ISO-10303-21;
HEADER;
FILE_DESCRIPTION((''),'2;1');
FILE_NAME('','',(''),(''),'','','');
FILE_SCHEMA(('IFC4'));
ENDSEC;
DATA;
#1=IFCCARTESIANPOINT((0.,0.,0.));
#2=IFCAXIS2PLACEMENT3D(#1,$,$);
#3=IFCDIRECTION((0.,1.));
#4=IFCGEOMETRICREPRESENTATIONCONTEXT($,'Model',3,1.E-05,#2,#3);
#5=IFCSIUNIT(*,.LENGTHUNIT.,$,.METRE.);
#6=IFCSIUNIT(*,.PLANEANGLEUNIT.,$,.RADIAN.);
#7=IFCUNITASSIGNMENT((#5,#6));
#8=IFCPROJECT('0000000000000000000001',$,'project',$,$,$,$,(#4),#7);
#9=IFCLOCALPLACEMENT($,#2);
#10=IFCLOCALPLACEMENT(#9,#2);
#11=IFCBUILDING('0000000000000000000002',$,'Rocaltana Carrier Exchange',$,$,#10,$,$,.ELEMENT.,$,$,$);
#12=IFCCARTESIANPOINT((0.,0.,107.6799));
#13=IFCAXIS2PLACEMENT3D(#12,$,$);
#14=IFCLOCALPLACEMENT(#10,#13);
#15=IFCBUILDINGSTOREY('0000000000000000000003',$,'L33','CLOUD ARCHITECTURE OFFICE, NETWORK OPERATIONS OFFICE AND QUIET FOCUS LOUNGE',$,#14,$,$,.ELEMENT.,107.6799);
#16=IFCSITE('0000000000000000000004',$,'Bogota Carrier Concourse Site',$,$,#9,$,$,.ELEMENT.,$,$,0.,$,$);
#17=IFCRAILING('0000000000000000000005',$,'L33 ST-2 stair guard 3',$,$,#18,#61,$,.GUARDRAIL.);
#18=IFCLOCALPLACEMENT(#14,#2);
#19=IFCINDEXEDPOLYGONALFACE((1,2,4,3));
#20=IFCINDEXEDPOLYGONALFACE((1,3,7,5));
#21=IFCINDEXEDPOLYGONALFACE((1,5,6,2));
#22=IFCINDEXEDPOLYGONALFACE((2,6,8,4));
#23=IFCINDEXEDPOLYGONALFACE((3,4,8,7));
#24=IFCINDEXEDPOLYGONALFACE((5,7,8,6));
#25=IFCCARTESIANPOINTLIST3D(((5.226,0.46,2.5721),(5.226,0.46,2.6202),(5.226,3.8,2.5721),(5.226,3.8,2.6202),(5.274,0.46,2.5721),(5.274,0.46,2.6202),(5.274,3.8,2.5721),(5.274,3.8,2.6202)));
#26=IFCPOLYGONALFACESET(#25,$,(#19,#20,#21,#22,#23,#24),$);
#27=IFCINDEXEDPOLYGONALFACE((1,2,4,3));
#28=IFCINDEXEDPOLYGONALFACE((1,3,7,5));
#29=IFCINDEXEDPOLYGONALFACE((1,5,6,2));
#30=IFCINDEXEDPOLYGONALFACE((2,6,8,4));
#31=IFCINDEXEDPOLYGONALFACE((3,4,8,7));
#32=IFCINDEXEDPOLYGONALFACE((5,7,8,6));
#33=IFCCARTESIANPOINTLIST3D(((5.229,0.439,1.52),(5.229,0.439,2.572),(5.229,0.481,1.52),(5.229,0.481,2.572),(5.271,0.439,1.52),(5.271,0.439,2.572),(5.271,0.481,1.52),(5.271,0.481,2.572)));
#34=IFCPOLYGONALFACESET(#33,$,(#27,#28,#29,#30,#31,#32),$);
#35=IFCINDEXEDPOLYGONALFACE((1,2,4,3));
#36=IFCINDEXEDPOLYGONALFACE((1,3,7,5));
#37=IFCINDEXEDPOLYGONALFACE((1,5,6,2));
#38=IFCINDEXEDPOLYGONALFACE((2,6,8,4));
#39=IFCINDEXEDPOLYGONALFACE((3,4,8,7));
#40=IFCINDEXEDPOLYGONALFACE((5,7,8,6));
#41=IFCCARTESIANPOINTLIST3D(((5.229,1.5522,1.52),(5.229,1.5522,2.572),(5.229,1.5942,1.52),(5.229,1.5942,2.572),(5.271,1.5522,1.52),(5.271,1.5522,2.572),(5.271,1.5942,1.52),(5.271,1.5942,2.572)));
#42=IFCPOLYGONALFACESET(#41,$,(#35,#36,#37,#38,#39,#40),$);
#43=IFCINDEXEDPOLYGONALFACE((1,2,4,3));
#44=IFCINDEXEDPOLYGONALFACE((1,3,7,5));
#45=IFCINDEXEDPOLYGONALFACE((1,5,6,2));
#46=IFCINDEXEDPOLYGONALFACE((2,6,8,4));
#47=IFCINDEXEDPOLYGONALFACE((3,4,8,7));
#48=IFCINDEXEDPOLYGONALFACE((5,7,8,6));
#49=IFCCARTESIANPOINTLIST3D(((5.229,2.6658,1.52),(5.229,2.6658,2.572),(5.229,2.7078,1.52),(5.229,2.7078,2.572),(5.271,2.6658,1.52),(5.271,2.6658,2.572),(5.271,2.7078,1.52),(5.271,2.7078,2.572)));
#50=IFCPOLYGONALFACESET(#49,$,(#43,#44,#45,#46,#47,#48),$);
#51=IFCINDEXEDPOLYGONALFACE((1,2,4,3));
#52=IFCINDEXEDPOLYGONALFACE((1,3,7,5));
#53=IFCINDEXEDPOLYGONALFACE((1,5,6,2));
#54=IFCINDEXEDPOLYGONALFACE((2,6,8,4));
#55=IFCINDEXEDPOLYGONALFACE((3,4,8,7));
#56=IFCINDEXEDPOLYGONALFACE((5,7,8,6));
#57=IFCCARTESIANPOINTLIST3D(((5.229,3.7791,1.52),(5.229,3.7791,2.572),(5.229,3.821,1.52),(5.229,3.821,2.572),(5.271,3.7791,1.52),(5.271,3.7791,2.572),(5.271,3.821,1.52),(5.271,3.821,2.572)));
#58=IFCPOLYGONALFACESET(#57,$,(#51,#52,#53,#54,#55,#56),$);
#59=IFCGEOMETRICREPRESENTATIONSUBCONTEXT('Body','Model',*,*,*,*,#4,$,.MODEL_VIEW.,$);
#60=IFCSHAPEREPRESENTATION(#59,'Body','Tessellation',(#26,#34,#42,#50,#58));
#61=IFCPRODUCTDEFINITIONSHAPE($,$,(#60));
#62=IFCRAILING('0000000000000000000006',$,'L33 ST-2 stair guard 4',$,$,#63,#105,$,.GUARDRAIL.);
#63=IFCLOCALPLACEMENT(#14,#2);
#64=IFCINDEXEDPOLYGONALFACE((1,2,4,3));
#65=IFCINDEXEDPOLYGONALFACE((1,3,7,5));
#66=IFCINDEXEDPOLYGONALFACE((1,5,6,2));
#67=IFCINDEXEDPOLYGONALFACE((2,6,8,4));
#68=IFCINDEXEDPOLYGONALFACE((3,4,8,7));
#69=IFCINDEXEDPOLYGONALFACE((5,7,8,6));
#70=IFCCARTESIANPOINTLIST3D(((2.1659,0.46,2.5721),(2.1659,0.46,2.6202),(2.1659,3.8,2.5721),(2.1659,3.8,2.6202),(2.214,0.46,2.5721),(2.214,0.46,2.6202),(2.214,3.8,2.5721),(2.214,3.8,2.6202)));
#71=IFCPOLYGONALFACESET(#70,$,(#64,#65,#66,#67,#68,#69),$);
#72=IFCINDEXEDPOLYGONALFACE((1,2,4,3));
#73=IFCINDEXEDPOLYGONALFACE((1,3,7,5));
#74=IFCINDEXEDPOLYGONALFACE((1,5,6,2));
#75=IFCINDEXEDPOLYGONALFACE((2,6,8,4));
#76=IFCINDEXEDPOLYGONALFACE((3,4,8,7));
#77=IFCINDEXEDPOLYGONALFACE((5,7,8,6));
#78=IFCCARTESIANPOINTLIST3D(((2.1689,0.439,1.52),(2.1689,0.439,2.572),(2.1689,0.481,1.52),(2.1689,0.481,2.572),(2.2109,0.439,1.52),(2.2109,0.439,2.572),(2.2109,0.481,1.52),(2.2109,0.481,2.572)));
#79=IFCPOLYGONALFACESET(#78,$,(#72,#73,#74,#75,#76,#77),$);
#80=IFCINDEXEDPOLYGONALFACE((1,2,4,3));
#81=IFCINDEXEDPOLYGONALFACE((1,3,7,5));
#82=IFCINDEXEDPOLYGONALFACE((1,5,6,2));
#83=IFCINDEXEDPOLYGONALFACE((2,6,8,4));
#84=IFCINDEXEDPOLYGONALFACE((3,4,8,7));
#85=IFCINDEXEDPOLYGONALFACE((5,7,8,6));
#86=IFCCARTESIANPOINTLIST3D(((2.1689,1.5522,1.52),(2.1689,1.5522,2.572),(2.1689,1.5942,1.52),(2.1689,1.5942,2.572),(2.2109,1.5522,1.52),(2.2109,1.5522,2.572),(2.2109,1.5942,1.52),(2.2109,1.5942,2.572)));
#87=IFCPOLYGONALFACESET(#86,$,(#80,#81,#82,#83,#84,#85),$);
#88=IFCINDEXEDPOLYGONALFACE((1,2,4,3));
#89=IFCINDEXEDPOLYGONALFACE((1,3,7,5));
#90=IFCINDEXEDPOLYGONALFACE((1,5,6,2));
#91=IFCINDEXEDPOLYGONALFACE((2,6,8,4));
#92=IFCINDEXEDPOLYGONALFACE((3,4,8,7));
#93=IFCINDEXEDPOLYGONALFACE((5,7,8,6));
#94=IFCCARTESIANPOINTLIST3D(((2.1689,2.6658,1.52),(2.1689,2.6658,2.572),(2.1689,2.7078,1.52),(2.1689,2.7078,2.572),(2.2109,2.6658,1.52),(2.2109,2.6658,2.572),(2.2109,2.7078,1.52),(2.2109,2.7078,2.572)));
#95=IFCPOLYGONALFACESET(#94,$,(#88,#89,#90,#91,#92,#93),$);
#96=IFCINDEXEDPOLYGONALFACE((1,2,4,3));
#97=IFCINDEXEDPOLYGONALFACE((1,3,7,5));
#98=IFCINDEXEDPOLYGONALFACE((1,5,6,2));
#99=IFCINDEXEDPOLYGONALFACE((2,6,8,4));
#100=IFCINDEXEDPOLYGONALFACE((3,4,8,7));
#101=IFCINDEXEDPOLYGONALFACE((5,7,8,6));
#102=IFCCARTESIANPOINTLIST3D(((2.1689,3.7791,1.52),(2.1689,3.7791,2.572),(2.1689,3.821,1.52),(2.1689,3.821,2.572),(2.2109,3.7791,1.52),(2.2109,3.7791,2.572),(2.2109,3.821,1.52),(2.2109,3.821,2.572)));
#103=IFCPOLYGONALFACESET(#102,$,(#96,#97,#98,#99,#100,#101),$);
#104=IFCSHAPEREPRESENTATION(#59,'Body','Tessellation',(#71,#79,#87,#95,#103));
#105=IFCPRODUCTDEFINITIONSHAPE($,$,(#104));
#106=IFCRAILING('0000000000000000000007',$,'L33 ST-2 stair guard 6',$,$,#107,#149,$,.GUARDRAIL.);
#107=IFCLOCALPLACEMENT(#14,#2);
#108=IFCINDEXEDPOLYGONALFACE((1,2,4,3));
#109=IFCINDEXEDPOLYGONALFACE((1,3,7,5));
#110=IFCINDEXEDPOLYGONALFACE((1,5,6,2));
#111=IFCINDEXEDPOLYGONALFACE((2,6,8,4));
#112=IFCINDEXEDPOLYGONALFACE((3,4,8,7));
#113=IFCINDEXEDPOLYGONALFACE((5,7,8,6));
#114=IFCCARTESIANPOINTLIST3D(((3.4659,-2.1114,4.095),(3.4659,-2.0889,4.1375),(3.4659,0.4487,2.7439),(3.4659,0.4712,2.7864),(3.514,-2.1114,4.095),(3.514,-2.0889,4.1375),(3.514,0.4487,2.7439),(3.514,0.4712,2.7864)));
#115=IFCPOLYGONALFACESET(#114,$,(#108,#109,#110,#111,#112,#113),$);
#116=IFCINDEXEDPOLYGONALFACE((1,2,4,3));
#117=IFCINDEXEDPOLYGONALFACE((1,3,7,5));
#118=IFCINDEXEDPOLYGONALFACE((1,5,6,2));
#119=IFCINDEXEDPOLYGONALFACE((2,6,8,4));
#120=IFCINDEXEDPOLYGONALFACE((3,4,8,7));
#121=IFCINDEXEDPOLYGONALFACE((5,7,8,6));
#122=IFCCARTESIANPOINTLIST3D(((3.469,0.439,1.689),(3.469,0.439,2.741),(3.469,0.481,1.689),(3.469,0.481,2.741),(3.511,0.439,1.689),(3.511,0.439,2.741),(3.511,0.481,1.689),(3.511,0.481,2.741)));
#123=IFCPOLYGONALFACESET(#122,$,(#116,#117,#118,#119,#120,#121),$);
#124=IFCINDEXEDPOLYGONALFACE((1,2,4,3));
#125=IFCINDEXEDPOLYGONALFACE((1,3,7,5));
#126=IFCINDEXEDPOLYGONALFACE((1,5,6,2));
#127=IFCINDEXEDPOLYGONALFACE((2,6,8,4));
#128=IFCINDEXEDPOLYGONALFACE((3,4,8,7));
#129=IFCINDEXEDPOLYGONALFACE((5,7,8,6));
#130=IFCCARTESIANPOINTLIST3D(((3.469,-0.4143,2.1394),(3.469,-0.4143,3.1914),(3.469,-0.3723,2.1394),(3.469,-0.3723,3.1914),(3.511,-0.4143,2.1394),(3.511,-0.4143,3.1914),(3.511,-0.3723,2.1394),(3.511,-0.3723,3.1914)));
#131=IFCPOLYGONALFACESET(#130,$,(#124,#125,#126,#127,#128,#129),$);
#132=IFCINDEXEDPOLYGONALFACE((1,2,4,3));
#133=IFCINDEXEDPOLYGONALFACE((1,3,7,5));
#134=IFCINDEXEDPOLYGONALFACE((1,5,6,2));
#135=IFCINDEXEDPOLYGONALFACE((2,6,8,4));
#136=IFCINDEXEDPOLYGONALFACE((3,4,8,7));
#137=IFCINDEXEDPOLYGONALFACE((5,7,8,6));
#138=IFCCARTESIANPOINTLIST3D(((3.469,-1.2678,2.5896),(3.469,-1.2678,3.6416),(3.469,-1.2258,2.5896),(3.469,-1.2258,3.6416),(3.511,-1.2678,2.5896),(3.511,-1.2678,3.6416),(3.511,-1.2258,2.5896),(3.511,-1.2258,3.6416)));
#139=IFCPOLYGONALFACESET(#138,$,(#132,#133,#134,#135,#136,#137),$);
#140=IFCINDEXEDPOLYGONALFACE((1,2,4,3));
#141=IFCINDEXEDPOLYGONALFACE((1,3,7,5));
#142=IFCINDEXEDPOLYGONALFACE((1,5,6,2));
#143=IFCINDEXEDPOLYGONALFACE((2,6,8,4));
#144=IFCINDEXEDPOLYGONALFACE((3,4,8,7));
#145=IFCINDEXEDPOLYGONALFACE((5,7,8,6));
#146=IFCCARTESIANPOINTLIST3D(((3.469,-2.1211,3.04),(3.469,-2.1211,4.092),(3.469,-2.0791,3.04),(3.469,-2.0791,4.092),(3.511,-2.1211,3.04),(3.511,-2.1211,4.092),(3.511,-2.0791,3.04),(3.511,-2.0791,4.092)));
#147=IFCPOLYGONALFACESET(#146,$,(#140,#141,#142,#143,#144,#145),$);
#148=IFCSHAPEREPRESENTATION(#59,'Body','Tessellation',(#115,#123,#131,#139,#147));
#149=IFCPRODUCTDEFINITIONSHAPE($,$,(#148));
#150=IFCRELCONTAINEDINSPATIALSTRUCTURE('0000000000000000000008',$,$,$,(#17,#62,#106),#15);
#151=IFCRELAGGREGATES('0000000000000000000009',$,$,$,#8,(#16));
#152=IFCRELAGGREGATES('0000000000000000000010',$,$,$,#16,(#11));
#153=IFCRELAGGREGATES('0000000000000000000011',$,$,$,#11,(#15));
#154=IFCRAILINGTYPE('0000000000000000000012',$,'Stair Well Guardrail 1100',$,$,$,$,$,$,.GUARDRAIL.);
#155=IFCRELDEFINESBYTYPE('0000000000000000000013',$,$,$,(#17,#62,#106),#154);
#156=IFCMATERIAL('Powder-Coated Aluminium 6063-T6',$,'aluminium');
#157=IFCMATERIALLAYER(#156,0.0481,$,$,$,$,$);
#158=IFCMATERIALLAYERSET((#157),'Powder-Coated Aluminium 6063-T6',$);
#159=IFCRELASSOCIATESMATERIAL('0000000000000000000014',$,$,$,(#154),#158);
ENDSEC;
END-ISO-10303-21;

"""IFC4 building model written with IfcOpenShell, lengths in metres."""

from ifc_helpers import new_model, si_unit, direction, frame, origin, origin_2d, place, context, subcontext, project, spatial, rectangle, extrude, material, layer, layer_set, type_object, element, save


model = new_model("IFC4")

# Units and contexts
model_context = context("Model", 3, precision=1e-05, world=origin(), true_north=direction((0.0, 1.0)))
body_context = subcontext(model_context, "Body", "Model", "MODEL_VIEW")
ifc_project = project(units=[si_unit("LENGTHUNIT", "METRE"), si_unit("PLANEANGLEUNIT", "RADIAN")], contexts=[model_context])

# Site, building, storey
site_placement = place(None, origin())
site = spatial("IfcSite", under=ifc_project, at=site_placement, Name="Bogota Carrier Concourse Site", CompositionType="ELEMENT", RefElevation=0.0)
building_placement = place(site_placement, origin())
building = spatial("IfcBuilding", under=site, at=building_placement, Name="Rocaltana Carrier Exchange", CompositionType="ELEMENT")
storey_placement = place(building_placement, frame((0.0, 0.0, 107.6799)))
storey = spatial("IfcBuildingStorey", under=building, at=storey_placement, Name="L33", Description="CLOUD ARCHITECTURE OFFICE, NETWORK OPERATIONS OFFICE AND QUIET FOCUS LOUNGE", CompositionType="ELEMENT", Elevation=107.6799)

# Railings
ifc_material_1 = material(Name="Powder-Coated Aluminium 6063-T6", Category="aluminium")
ifc_layer_1 = layer(ifc_material_1, 0.0481)
ifc_layer_set_1 = layer_set([ifc_layer_1], Name="Powder-Coated Aluminium 6063-T6")
railing_type_1 = type_object("IfcRailingType", Name="Stair Well Guardrail 1100", PredefinedType="GUARDRAIL", material=ifc_layer_set_1)
for number, where, name in (
    (1, (5.25, 0.46, 1.52), "L33 ST-2 stair guard 3"),
    (2, (2.1899, 0.46, 1.52), "L33 ST-2 stair guard 4"),
):
    element("IfcRailing", number, at=place(storey_placement, frame(where)), inside=storey, type_object=railing_type_1, Name=name, PredefinedType="GUARDRAIL", context=body_context, shape_type="SweptSolid", body=[
        extrude(rectangle(XDim=0.0481, YDim=0.0481, at=origin_2d()), frame((0.0, 0.0, 1.0762), z_axis=(0.0, 1.0, 0.0), x_axis=(-1.0, 0.0, 0.0)), (0.0, 0.0, 1.0), 3.3401),
        extrude(rectangle(XDim=0.042, YDim=0.042, at=origin_2d()), origin(), (0.0, 0.0, 1.0), 1.052),
        extrude(rectangle(XDim=0.042, YDim=0.042, at=origin_2d()), frame((0.0, 1.1133, 0.0)), (0.0, 0.0, 1.0), 1.052),
        extrude(rectangle(XDim=0.042, YDim=0.042, at=origin_2d()), frame((0.0, 2.2268, 0.0)), (0.0, 0.0, 1.0), 1.052),
        extrude(rectangle(XDim=0.042, YDim=0.042, at=origin_2d()), frame((0.0, 3.3401, 0.0)), (0.0, 0.0, 1.0), 1.052),
    ])
railing_1_placement = place(storey_placement, frame((3.49, 0.46, 1.689)))
element("IfcRailing", 3, at=railing_1_placement, inside=storey, type_object=railing_type_1, Name="L33 ST-2 stair guard 6", PredefinedType="GUARDRAIL", context=body_context, shape_type="SweptSolid", body=[
    extrude(rectangle(XDim=0.0481, YDim=0.0481, at=origin_2d()), frame((0.0, 0.0, 1.0762), z_axis=(0.0, -0.884394, 0.46674), x_axis=(1.0, 0.0, 0.0)), (0.0, 0.0, 1.0), 2.8948),
    extrude(rectangle(XDim=0.042, YDim=0.042, at=origin_2d()), origin(), (0.0, 0.0, 1.0), 1.052),
    extrude(rectangle(XDim=0.042, YDim=0.042, at=origin_2d()), frame((0.0, -0.8533, 0.4504)), (0.0, 0.0, 1.0), 1.052),
    extrude(rectangle(XDim=0.042, YDim=0.042, at=origin_2d()), frame((0.0, -1.7068, 0.9006)), (0.0, 0.0, 1.0), 1.052),
    extrude(rectangle(XDim=0.042, YDim=0.042, at=origin_2d()), frame((0.0, -2.5601, 1.3511)), (0.0, 0.0, 1.0), 1.052),
])

save(model, "model.ifc")
